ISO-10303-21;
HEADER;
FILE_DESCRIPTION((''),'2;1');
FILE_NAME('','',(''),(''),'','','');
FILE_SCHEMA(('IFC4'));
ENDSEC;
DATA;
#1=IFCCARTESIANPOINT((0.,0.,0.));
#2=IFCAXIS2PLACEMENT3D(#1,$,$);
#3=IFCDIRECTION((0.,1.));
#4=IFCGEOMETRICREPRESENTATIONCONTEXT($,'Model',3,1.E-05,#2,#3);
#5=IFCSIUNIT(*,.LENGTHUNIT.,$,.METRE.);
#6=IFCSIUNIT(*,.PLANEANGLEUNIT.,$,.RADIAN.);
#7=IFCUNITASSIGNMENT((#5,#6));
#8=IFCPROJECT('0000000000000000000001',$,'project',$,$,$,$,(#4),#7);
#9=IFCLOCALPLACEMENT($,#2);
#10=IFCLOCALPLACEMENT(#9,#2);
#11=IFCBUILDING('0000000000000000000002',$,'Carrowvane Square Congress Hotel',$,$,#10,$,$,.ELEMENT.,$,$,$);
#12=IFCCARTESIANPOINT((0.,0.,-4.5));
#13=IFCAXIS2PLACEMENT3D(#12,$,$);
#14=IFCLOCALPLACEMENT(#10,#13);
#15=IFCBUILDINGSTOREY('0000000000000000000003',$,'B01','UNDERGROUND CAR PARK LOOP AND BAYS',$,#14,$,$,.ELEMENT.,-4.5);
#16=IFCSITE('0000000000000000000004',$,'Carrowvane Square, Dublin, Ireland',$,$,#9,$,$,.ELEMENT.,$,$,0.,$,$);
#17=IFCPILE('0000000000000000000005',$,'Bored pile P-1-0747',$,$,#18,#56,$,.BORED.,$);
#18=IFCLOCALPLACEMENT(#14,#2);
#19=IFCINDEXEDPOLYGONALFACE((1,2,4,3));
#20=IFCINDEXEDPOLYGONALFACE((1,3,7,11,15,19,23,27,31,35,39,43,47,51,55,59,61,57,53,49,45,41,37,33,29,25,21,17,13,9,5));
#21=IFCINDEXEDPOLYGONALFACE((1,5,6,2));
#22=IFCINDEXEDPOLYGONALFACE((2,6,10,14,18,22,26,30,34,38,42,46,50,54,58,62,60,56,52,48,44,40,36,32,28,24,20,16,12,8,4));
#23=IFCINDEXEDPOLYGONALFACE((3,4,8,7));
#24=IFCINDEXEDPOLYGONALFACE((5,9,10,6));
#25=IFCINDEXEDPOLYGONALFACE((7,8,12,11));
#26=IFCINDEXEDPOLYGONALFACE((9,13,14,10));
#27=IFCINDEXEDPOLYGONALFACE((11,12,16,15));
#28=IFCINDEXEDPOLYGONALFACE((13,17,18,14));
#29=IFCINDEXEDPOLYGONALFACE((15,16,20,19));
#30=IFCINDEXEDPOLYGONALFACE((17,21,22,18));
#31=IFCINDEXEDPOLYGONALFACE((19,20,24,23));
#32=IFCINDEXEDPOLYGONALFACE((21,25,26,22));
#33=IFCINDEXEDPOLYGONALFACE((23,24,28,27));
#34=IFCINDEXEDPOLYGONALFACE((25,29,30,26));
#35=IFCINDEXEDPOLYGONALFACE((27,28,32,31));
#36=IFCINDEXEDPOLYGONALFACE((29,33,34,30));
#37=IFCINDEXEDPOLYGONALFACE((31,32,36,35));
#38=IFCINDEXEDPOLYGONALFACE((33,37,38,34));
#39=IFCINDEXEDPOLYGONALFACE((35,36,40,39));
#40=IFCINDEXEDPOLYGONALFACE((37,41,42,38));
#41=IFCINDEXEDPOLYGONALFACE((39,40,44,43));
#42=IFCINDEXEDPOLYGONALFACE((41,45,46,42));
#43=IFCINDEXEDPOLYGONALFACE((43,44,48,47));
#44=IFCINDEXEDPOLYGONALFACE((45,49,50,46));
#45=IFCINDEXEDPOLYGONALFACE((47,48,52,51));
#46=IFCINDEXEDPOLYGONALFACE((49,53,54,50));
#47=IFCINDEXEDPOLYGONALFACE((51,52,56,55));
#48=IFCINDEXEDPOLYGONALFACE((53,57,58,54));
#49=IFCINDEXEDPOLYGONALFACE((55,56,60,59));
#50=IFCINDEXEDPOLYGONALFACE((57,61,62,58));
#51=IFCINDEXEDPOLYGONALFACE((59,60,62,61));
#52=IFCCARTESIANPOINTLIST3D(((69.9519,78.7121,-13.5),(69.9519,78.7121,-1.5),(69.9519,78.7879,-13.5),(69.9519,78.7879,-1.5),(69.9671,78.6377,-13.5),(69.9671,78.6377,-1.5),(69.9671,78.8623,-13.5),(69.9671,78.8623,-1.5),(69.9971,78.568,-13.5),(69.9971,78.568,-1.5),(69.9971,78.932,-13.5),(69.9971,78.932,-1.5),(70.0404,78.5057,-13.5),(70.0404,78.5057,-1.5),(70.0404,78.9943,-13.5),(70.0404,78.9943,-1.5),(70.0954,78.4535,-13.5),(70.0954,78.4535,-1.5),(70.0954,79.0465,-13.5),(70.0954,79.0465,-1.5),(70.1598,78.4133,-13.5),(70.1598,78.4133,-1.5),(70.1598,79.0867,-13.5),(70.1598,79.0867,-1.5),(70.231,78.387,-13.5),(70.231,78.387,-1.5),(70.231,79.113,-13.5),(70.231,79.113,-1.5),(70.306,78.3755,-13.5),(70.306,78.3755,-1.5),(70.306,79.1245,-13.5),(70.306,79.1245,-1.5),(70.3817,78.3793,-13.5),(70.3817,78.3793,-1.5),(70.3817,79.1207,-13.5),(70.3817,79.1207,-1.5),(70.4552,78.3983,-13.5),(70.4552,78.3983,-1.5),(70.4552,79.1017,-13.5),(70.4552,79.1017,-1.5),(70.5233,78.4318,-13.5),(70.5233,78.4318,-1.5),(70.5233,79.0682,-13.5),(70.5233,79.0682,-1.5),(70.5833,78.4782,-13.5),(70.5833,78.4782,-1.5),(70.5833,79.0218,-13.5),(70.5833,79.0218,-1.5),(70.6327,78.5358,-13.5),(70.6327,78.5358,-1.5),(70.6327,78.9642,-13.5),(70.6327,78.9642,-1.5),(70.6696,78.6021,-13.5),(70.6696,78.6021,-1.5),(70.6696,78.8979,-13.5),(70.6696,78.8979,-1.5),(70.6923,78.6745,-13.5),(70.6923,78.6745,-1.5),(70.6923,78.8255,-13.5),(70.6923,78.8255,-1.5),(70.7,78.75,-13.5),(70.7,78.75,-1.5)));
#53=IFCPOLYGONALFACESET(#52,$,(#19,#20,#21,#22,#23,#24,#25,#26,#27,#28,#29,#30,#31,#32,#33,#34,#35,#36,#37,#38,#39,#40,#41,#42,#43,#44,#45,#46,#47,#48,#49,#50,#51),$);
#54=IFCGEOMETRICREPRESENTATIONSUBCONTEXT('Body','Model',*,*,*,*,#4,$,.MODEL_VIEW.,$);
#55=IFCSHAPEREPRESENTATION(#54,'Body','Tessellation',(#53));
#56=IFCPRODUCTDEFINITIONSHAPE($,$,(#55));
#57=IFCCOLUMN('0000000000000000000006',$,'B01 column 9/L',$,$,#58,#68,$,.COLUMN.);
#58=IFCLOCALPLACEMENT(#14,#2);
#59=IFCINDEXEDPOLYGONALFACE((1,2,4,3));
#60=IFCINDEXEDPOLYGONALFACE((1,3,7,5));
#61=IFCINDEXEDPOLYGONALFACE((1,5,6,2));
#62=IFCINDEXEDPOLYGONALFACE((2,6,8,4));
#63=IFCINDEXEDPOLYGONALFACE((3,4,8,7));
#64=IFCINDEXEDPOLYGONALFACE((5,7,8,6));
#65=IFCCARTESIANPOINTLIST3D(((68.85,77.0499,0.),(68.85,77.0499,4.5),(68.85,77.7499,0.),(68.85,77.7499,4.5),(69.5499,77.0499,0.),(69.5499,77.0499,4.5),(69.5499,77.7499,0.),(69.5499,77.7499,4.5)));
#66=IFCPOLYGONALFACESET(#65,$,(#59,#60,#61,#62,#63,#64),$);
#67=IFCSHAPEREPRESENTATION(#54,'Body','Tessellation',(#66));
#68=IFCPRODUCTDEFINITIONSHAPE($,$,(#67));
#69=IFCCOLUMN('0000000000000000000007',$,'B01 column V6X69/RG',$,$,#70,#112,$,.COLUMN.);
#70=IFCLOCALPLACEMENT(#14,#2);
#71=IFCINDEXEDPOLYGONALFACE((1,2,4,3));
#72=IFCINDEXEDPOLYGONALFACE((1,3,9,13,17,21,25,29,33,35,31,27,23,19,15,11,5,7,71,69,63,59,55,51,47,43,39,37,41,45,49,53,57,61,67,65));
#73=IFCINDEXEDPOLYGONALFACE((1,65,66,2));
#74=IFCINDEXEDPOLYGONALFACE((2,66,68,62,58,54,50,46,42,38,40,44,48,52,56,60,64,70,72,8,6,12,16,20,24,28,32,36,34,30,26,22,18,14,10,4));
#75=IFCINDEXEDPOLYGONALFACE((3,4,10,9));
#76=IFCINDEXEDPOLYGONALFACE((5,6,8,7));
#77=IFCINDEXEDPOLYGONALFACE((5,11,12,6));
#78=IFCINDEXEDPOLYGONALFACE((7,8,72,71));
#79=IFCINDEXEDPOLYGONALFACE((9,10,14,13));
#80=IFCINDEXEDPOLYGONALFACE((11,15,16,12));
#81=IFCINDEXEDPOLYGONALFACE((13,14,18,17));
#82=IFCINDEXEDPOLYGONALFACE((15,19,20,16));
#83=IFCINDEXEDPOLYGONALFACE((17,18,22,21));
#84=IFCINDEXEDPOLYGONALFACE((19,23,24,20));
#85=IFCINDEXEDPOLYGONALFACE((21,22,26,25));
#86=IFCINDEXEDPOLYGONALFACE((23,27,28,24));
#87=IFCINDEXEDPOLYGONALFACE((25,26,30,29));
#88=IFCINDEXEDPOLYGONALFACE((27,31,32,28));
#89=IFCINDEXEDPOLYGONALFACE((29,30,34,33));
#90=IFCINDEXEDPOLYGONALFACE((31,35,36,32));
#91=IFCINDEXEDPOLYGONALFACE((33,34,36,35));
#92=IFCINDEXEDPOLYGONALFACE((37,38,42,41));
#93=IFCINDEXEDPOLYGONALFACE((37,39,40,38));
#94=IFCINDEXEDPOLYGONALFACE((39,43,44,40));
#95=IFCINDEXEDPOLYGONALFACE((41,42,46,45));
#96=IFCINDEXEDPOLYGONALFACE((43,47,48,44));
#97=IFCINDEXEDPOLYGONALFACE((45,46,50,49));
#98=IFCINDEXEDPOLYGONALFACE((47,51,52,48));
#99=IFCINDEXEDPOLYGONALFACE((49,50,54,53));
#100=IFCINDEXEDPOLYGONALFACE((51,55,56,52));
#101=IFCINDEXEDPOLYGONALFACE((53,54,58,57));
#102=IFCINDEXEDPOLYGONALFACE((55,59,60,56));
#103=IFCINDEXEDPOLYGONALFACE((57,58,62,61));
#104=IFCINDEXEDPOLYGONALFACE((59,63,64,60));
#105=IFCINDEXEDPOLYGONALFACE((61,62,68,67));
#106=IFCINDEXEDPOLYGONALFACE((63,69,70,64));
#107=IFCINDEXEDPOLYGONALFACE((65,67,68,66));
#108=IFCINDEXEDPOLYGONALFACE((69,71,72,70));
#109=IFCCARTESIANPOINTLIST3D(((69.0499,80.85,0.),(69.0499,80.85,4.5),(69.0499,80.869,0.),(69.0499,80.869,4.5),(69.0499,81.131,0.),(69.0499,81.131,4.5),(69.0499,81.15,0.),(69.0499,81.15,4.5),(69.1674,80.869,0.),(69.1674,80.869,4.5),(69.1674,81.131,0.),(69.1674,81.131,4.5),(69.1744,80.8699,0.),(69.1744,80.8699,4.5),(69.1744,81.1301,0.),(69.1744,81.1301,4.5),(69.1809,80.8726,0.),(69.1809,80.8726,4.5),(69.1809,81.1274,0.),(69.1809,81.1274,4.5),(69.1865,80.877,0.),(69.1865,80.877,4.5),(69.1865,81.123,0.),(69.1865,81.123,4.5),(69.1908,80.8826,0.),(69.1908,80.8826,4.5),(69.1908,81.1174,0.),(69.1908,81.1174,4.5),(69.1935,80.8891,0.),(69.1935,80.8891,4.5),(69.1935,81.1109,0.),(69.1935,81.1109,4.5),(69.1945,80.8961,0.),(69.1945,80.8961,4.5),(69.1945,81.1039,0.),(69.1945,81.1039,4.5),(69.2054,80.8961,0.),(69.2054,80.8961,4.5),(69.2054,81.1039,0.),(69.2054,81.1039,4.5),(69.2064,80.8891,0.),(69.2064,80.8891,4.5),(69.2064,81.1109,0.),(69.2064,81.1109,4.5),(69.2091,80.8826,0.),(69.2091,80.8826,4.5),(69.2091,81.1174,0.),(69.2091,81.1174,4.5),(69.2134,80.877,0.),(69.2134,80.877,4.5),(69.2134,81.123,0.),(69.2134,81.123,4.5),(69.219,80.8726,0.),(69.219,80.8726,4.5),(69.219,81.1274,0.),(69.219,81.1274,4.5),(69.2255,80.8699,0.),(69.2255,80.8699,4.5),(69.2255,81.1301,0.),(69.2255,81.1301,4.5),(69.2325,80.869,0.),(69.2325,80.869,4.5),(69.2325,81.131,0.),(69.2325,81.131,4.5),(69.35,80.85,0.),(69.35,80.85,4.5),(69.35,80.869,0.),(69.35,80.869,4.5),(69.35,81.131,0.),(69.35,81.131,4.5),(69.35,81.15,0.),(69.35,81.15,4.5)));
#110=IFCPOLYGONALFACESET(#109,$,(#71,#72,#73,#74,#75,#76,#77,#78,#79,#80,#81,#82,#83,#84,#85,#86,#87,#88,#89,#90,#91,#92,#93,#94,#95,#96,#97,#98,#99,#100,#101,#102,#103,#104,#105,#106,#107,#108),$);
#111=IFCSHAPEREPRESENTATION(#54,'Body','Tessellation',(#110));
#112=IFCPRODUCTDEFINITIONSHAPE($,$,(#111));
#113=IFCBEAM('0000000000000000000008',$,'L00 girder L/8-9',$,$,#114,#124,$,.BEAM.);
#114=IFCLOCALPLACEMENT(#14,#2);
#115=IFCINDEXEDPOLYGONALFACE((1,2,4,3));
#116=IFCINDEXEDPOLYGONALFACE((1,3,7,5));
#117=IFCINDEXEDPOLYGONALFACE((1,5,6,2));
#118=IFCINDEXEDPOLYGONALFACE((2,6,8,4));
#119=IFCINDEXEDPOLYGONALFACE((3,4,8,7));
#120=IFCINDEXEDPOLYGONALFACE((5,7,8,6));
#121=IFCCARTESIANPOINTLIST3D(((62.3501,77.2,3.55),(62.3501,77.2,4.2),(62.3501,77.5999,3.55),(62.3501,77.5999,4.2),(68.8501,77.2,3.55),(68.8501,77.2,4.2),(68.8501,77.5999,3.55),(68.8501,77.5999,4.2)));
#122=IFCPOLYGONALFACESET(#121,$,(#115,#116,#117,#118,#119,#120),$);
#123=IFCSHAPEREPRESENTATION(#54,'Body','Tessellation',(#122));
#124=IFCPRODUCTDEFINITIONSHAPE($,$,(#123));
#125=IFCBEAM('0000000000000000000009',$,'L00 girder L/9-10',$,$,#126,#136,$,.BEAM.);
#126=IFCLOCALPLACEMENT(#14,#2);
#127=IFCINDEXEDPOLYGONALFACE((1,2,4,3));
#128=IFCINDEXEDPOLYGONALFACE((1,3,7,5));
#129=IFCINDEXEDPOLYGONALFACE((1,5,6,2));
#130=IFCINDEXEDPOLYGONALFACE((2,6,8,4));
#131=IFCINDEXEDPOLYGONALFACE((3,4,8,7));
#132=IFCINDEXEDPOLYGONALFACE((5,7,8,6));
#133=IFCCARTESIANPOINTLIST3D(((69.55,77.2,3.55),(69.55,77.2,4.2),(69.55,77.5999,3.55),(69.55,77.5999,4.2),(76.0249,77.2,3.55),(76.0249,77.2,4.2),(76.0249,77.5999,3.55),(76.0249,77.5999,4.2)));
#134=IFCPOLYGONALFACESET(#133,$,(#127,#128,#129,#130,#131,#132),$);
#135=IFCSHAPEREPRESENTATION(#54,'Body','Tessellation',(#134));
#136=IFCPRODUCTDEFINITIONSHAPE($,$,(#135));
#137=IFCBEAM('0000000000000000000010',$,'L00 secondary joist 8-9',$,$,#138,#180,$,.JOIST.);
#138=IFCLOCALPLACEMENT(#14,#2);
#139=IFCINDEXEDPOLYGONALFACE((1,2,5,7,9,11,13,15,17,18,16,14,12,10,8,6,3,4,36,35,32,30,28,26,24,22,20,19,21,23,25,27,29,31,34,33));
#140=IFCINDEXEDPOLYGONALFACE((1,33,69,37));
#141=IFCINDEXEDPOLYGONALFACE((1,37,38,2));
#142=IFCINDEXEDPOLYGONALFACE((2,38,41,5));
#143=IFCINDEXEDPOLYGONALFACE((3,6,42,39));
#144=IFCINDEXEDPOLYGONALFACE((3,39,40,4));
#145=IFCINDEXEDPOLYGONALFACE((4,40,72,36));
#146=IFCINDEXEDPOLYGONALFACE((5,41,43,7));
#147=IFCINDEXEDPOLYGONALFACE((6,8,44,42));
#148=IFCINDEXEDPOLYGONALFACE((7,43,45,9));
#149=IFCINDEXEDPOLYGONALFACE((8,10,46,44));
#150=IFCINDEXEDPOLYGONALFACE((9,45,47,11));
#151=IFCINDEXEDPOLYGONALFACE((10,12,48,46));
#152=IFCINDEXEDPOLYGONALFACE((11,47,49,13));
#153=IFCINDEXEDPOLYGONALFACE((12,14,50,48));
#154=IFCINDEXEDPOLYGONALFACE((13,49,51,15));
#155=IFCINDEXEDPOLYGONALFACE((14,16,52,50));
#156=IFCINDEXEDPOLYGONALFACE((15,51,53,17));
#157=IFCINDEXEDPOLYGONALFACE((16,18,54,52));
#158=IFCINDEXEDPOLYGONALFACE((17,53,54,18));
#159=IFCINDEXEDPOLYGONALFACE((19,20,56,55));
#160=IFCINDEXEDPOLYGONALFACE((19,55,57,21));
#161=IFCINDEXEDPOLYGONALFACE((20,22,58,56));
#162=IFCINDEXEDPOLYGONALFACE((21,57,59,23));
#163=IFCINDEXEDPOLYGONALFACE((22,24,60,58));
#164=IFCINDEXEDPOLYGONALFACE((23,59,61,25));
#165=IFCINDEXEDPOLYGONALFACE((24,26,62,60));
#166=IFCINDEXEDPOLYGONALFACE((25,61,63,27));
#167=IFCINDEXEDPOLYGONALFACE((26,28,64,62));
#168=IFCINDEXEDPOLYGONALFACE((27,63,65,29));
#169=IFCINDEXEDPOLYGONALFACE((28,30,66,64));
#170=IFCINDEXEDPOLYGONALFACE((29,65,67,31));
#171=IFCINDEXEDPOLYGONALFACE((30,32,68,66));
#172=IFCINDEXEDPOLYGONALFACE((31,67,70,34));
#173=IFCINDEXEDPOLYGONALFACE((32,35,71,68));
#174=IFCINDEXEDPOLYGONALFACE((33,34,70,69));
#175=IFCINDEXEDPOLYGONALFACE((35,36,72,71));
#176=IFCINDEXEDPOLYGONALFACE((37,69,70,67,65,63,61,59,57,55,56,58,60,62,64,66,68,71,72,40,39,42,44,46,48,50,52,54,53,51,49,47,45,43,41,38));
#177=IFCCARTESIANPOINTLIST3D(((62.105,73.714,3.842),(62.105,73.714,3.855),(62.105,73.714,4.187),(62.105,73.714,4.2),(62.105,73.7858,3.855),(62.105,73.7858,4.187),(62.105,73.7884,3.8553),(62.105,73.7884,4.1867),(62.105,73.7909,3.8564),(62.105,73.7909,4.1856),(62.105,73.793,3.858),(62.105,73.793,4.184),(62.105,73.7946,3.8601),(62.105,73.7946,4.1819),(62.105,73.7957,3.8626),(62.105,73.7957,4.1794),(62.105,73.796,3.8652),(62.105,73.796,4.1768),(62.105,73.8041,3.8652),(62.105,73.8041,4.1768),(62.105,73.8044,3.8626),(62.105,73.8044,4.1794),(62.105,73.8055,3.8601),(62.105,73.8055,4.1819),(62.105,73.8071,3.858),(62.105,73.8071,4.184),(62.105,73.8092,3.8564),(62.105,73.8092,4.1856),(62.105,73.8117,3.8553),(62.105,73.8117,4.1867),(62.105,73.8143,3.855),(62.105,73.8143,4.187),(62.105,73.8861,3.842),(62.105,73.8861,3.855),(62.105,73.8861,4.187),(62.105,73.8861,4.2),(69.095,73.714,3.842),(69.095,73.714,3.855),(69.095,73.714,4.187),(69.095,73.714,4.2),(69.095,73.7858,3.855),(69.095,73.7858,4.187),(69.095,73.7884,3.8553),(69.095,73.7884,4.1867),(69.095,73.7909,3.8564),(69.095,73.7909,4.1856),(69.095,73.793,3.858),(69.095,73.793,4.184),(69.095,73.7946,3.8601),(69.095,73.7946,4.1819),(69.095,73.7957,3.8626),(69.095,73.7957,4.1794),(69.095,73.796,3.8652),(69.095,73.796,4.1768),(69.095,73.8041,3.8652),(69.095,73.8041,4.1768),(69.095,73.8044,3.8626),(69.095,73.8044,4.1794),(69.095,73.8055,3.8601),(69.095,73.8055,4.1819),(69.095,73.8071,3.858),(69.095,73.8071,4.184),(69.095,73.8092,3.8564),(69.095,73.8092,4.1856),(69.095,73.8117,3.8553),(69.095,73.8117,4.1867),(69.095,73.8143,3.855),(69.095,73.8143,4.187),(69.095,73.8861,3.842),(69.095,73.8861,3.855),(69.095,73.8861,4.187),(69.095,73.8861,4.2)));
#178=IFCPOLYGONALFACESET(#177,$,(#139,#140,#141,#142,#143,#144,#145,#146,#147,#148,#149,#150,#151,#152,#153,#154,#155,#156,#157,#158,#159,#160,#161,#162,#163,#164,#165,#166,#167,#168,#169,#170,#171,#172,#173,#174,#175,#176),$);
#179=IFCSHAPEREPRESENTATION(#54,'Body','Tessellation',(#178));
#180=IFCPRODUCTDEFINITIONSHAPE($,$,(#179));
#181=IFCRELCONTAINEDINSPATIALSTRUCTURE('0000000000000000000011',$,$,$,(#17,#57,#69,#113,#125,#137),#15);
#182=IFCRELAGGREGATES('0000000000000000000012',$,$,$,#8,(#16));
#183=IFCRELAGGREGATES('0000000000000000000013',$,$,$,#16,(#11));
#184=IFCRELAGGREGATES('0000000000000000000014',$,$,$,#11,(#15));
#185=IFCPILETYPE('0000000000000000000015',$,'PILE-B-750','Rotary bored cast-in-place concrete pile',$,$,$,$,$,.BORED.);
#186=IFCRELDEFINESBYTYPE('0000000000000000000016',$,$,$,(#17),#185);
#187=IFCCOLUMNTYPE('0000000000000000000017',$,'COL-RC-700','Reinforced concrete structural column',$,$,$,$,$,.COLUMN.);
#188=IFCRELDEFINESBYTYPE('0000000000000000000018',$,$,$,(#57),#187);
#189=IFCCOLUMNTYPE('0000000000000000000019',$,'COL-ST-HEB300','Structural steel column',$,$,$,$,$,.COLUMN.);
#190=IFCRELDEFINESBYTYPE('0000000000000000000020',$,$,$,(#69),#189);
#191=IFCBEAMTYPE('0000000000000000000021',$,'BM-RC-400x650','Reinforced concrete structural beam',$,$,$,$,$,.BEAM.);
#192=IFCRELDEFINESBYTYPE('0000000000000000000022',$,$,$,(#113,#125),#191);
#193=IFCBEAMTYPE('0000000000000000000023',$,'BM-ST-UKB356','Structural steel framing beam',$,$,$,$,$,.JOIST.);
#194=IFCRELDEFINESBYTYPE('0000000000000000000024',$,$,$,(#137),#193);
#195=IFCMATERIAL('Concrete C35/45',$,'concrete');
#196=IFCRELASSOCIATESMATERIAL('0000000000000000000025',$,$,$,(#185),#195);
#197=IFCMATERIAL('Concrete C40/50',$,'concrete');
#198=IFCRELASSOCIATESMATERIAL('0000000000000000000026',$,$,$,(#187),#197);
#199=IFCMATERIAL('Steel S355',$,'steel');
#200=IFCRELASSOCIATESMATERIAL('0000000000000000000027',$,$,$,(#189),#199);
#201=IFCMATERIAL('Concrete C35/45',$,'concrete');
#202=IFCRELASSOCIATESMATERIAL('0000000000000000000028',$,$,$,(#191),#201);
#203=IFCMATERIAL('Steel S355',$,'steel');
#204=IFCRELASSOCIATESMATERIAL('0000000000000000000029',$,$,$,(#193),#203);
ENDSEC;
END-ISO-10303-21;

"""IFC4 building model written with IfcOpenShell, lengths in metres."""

from ifc_helpers import new_model, si_unit, direction, frame, origin, origin_2d, place, context, subcontext, project, spatial, rectangle, circle, i_section, extrude, material, material_profile, profile_set, type_object, element, save


model = new_model("IFC4")

# Units and contexts
model_context = context("Model", 3, precision=1e-05, world=origin(), true_north=direction((0.0, 1.0)))
body_context = subcontext(model_context, "Body", "Model", "MODEL_VIEW")
ifc_project = project(units=[si_unit("LENGTHUNIT", "METRE"), si_unit("PLANEANGLEUNIT", "RADIAN")], contexts=[model_context])

# Site, building, storey
site_placement = place(None, origin())
site = spatial("IfcSite", under=ifc_project, at=site_placement, Name="Carrowvane Square, Dublin, Ireland", CompositionType="ELEMENT", RefElevation=0.0)
building_placement = place(site_placement, origin())
building = spatial("IfcBuilding", under=site, at=building_placement, Name="Carrowvane Square Congress Hotel", CompositionType="ELEMENT")
storey_placement = place(building_placement, frame((0.0, 0.0, -4.5)))
storey = spatial("IfcBuildingStorey", under=building, at=storey_placement, Name="B01", Description="UNDERGROUND CAR PARK LOOP AND BAYS", CompositionType="ELEMENT", Elevation=-4.5)

# Pile
ifc_material_1 = material(Name="Concrete C35/45", Category="concrete")
ifc_material_profile_1 = material_profile(ifc_material_1, circle(Radius=0.375, at=origin_2d()), Name="PILE D750")
ifc_profile_set_1 = profile_set([ifc_material_profile_1], Name="Concrete C35/45")
pile_type = type_object("IfcPileType", Name="PILE-B-750", Description="Rotary bored cast-in-place concrete pile", PredefinedType="BORED", material=ifc_profile_set_1)
for number, where, z_axis, x_axis, name in (
    (1, (70.325, 78.75, -1.5), (0.0, 0.0, -1.0), (1.0, 0.0, 0.0), "Bored pile P-1-0747"),
):
    element("IfcPile", number, at=place(storey_placement, frame(where, z_axis=z_axis, x_axis=x_axis)), inside=storey, type_object=pile_type, Name=name, PredefinedType="BORED", context=body_context, shape_type="SweptSolid", body=[
        extrude(circle(Radius=0.375, at=origin_2d()), origin(), (0.0, 0.0, 1.0), 12.0),
    ])

# Columns
ifc_material_2 = material(Name="Concrete C40/50", Category="concrete")
ifc_material_profile_2 = material_profile(ifc_material_2, rectangle(XDim=0.7, YDim=0.7, at=origin_2d()), Name="RC 700x700")
ifc_profile_set_2 = profile_set([ifc_material_profile_2], Name="Concrete C40/50")
column_type_1 = type_object("IfcColumnType", Name="COL-RC-700", Description="Reinforced concrete structural column", PredefinedType="COLUMN", material=ifc_profile_set_2)
column_1_placement = place(storey_placement, frame((69.2, 77.3999, 0.0), z_axis=(0.0, 0.0, 1.0), x_axis=(1.0, 0.0, 0.0)))
element("IfcColumn", 2, at=column_1_placement, inside=storey, type_object=column_type_1, Name="B01 column 9/L", PredefinedType="COLUMN", context=body_context, shape_type="SweptSolid", body=[
    extrude(rectangle(XDim=0.7, YDim=0.7, at=origin_2d()), origin(), (0.0, 0.0, 1.0), 4.5),
])
ifc_material_3 = material(Name="Steel S355", Category="steel")
ifc_material_profile_3 = material_profile(ifc_material_3, i_section(OverallWidth=0.3, OverallDepth=0.3, WebThickness=0.011, FlangeThickness=0.019, FilletRadius=0.0271, at=origin_2d()), Name="HEB 300")
ifc_profile_set_3 = profile_set([ifc_material_profile_3], Name="Steel S355")
column_type_2 = type_object("IfcColumnType", Name="COL-ST-HEB300", Description="Structural steel column", PredefinedType="COLUMN", material=ifc_profile_set_3)
column_2_placement = place(storey_placement, frame((69.2, 81.0, 0.0), z_axis=(0.0, 0.0, 1.0), x_axis=(1.0, 0.0, 0.0)))
element("IfcColumn", 3, at=column_2_placement, inside=storey, type_object=column_type_2, Name="B01 column V6X69/RG", PredefinedType="COLUMN", context=body_context, shape_type="SweptSolid", body=[
    extrude(i_section(OverallWidth=0.3, OverallDepth=0.3, WebThickness=0.011, FlangeThickness=0.019, FilletRadius=0.0271, at=origin_2d()), origin(), (0.0, 0.0, 1.0), 4.5),
])

# Beams
ifc_material_4 = material(Name="Concrete C35/45", Category="concrete")
ifc_material_profile_4 = material_profile(ifc_material_4, rectangle(XDim=0.3999, YDim=0.6499, at=origin_2d()), Name="RC 400x650")
ifc_profile_set_4 = profile_set([ifc_material_profile_4], Name="Concrete C35/45")
beam_type_1 = type_object("IfcBeamType", Name="BM-RC-400x650", Description="Reinforced concrete structural beam", PredefinedType="BEAM", material=ifc_profile_set_4)
beam_1_placement = place(storey_placement, frame((62.3501, 77.3999, 3.875), z_axis=(1.0, 0.0, 0.0), x_axis=(0.0, 1.0, 0.0)))
element("IfcBeam", 4, at=beam_1_placement, inside=storey, type_object=beam_type_1, Name="L00 girder L/8-9", PredefinedType="BEAM", context=body_context, shape_type="SweptSolid", body=[
    extrude(rectangle(XDim=0.3999, YDim=0.6499, at=origin_2d()), origin(), (0.0, 0.0, 1.0), 6.5),
])
beam_2_placement = place(storey_placement, frame((69.55, 77.3999, 3.875), z_axis=(1.0, 0.0, 0.0), x_axis=(0.0, 1.0, 0.0)))
element("IfcBeam", 5, at=beam_2_placement, inside=storey, type_object=beam_type_1, Name="L00 girder L/9-10", PredefinedType="BEAM", context=body_context, shape_type="SweptSolid", body=[
    extrude(rectangle(XDim=0.3999, YDim=0.6499, at=origin_2d()), origin(), (0.0, 0.0, 1.0), 6.4749),
])
ifc_material_5 = material(Name="Steel S355", Category="steel")
ifc_material_profile_5 = material_profile(ifc_material_5, i_section(OverallWidth=0.1721, OverallDepth=0.3579, WebThickness=0.0081, FlangeThickness=0.0129, FilletRadius=0.0103, at=origin_2d()), Name="UKB 356x171x57")
ifc_profile_set_5 = profile_set([ifc_material_profile_5], Name="Steel S355")
beam_type_2 = type_object("IfcBeamType", Name="BM-ST-UKB356", Description="Structural steel framing beam", PredefinedType="JOIST", material=ifc_profile_set_5)
for number, where, z_axis, x_axis, name in (
    (6, (62.105, 73.8, 4.021), (1.0, 0.0, 0.0), (0.0, 1.0, 0.0), "L00 secondary joist 8-9"),
):
    element("IfcBeam", number, at=place(storey_placement, frame(where, z_axis=z_axis, x_axis=x_axis)), inside=storey, type_object=beam_type_2, Name=name, PredefinedType="JOIST", context=body_context, shape_type="SweptSolid", body=[
        extrude(i_section(OverallWidth=0.1721, OverallDepth=0.3579, WebThickness=0.0081, FlangeThickness=0.0129, FilletRadius=0.0103, at=origin_2d()), origin(), (0.0, 0.0, 1.0), 6.99),
    ])

save(model, "model.ifc")
